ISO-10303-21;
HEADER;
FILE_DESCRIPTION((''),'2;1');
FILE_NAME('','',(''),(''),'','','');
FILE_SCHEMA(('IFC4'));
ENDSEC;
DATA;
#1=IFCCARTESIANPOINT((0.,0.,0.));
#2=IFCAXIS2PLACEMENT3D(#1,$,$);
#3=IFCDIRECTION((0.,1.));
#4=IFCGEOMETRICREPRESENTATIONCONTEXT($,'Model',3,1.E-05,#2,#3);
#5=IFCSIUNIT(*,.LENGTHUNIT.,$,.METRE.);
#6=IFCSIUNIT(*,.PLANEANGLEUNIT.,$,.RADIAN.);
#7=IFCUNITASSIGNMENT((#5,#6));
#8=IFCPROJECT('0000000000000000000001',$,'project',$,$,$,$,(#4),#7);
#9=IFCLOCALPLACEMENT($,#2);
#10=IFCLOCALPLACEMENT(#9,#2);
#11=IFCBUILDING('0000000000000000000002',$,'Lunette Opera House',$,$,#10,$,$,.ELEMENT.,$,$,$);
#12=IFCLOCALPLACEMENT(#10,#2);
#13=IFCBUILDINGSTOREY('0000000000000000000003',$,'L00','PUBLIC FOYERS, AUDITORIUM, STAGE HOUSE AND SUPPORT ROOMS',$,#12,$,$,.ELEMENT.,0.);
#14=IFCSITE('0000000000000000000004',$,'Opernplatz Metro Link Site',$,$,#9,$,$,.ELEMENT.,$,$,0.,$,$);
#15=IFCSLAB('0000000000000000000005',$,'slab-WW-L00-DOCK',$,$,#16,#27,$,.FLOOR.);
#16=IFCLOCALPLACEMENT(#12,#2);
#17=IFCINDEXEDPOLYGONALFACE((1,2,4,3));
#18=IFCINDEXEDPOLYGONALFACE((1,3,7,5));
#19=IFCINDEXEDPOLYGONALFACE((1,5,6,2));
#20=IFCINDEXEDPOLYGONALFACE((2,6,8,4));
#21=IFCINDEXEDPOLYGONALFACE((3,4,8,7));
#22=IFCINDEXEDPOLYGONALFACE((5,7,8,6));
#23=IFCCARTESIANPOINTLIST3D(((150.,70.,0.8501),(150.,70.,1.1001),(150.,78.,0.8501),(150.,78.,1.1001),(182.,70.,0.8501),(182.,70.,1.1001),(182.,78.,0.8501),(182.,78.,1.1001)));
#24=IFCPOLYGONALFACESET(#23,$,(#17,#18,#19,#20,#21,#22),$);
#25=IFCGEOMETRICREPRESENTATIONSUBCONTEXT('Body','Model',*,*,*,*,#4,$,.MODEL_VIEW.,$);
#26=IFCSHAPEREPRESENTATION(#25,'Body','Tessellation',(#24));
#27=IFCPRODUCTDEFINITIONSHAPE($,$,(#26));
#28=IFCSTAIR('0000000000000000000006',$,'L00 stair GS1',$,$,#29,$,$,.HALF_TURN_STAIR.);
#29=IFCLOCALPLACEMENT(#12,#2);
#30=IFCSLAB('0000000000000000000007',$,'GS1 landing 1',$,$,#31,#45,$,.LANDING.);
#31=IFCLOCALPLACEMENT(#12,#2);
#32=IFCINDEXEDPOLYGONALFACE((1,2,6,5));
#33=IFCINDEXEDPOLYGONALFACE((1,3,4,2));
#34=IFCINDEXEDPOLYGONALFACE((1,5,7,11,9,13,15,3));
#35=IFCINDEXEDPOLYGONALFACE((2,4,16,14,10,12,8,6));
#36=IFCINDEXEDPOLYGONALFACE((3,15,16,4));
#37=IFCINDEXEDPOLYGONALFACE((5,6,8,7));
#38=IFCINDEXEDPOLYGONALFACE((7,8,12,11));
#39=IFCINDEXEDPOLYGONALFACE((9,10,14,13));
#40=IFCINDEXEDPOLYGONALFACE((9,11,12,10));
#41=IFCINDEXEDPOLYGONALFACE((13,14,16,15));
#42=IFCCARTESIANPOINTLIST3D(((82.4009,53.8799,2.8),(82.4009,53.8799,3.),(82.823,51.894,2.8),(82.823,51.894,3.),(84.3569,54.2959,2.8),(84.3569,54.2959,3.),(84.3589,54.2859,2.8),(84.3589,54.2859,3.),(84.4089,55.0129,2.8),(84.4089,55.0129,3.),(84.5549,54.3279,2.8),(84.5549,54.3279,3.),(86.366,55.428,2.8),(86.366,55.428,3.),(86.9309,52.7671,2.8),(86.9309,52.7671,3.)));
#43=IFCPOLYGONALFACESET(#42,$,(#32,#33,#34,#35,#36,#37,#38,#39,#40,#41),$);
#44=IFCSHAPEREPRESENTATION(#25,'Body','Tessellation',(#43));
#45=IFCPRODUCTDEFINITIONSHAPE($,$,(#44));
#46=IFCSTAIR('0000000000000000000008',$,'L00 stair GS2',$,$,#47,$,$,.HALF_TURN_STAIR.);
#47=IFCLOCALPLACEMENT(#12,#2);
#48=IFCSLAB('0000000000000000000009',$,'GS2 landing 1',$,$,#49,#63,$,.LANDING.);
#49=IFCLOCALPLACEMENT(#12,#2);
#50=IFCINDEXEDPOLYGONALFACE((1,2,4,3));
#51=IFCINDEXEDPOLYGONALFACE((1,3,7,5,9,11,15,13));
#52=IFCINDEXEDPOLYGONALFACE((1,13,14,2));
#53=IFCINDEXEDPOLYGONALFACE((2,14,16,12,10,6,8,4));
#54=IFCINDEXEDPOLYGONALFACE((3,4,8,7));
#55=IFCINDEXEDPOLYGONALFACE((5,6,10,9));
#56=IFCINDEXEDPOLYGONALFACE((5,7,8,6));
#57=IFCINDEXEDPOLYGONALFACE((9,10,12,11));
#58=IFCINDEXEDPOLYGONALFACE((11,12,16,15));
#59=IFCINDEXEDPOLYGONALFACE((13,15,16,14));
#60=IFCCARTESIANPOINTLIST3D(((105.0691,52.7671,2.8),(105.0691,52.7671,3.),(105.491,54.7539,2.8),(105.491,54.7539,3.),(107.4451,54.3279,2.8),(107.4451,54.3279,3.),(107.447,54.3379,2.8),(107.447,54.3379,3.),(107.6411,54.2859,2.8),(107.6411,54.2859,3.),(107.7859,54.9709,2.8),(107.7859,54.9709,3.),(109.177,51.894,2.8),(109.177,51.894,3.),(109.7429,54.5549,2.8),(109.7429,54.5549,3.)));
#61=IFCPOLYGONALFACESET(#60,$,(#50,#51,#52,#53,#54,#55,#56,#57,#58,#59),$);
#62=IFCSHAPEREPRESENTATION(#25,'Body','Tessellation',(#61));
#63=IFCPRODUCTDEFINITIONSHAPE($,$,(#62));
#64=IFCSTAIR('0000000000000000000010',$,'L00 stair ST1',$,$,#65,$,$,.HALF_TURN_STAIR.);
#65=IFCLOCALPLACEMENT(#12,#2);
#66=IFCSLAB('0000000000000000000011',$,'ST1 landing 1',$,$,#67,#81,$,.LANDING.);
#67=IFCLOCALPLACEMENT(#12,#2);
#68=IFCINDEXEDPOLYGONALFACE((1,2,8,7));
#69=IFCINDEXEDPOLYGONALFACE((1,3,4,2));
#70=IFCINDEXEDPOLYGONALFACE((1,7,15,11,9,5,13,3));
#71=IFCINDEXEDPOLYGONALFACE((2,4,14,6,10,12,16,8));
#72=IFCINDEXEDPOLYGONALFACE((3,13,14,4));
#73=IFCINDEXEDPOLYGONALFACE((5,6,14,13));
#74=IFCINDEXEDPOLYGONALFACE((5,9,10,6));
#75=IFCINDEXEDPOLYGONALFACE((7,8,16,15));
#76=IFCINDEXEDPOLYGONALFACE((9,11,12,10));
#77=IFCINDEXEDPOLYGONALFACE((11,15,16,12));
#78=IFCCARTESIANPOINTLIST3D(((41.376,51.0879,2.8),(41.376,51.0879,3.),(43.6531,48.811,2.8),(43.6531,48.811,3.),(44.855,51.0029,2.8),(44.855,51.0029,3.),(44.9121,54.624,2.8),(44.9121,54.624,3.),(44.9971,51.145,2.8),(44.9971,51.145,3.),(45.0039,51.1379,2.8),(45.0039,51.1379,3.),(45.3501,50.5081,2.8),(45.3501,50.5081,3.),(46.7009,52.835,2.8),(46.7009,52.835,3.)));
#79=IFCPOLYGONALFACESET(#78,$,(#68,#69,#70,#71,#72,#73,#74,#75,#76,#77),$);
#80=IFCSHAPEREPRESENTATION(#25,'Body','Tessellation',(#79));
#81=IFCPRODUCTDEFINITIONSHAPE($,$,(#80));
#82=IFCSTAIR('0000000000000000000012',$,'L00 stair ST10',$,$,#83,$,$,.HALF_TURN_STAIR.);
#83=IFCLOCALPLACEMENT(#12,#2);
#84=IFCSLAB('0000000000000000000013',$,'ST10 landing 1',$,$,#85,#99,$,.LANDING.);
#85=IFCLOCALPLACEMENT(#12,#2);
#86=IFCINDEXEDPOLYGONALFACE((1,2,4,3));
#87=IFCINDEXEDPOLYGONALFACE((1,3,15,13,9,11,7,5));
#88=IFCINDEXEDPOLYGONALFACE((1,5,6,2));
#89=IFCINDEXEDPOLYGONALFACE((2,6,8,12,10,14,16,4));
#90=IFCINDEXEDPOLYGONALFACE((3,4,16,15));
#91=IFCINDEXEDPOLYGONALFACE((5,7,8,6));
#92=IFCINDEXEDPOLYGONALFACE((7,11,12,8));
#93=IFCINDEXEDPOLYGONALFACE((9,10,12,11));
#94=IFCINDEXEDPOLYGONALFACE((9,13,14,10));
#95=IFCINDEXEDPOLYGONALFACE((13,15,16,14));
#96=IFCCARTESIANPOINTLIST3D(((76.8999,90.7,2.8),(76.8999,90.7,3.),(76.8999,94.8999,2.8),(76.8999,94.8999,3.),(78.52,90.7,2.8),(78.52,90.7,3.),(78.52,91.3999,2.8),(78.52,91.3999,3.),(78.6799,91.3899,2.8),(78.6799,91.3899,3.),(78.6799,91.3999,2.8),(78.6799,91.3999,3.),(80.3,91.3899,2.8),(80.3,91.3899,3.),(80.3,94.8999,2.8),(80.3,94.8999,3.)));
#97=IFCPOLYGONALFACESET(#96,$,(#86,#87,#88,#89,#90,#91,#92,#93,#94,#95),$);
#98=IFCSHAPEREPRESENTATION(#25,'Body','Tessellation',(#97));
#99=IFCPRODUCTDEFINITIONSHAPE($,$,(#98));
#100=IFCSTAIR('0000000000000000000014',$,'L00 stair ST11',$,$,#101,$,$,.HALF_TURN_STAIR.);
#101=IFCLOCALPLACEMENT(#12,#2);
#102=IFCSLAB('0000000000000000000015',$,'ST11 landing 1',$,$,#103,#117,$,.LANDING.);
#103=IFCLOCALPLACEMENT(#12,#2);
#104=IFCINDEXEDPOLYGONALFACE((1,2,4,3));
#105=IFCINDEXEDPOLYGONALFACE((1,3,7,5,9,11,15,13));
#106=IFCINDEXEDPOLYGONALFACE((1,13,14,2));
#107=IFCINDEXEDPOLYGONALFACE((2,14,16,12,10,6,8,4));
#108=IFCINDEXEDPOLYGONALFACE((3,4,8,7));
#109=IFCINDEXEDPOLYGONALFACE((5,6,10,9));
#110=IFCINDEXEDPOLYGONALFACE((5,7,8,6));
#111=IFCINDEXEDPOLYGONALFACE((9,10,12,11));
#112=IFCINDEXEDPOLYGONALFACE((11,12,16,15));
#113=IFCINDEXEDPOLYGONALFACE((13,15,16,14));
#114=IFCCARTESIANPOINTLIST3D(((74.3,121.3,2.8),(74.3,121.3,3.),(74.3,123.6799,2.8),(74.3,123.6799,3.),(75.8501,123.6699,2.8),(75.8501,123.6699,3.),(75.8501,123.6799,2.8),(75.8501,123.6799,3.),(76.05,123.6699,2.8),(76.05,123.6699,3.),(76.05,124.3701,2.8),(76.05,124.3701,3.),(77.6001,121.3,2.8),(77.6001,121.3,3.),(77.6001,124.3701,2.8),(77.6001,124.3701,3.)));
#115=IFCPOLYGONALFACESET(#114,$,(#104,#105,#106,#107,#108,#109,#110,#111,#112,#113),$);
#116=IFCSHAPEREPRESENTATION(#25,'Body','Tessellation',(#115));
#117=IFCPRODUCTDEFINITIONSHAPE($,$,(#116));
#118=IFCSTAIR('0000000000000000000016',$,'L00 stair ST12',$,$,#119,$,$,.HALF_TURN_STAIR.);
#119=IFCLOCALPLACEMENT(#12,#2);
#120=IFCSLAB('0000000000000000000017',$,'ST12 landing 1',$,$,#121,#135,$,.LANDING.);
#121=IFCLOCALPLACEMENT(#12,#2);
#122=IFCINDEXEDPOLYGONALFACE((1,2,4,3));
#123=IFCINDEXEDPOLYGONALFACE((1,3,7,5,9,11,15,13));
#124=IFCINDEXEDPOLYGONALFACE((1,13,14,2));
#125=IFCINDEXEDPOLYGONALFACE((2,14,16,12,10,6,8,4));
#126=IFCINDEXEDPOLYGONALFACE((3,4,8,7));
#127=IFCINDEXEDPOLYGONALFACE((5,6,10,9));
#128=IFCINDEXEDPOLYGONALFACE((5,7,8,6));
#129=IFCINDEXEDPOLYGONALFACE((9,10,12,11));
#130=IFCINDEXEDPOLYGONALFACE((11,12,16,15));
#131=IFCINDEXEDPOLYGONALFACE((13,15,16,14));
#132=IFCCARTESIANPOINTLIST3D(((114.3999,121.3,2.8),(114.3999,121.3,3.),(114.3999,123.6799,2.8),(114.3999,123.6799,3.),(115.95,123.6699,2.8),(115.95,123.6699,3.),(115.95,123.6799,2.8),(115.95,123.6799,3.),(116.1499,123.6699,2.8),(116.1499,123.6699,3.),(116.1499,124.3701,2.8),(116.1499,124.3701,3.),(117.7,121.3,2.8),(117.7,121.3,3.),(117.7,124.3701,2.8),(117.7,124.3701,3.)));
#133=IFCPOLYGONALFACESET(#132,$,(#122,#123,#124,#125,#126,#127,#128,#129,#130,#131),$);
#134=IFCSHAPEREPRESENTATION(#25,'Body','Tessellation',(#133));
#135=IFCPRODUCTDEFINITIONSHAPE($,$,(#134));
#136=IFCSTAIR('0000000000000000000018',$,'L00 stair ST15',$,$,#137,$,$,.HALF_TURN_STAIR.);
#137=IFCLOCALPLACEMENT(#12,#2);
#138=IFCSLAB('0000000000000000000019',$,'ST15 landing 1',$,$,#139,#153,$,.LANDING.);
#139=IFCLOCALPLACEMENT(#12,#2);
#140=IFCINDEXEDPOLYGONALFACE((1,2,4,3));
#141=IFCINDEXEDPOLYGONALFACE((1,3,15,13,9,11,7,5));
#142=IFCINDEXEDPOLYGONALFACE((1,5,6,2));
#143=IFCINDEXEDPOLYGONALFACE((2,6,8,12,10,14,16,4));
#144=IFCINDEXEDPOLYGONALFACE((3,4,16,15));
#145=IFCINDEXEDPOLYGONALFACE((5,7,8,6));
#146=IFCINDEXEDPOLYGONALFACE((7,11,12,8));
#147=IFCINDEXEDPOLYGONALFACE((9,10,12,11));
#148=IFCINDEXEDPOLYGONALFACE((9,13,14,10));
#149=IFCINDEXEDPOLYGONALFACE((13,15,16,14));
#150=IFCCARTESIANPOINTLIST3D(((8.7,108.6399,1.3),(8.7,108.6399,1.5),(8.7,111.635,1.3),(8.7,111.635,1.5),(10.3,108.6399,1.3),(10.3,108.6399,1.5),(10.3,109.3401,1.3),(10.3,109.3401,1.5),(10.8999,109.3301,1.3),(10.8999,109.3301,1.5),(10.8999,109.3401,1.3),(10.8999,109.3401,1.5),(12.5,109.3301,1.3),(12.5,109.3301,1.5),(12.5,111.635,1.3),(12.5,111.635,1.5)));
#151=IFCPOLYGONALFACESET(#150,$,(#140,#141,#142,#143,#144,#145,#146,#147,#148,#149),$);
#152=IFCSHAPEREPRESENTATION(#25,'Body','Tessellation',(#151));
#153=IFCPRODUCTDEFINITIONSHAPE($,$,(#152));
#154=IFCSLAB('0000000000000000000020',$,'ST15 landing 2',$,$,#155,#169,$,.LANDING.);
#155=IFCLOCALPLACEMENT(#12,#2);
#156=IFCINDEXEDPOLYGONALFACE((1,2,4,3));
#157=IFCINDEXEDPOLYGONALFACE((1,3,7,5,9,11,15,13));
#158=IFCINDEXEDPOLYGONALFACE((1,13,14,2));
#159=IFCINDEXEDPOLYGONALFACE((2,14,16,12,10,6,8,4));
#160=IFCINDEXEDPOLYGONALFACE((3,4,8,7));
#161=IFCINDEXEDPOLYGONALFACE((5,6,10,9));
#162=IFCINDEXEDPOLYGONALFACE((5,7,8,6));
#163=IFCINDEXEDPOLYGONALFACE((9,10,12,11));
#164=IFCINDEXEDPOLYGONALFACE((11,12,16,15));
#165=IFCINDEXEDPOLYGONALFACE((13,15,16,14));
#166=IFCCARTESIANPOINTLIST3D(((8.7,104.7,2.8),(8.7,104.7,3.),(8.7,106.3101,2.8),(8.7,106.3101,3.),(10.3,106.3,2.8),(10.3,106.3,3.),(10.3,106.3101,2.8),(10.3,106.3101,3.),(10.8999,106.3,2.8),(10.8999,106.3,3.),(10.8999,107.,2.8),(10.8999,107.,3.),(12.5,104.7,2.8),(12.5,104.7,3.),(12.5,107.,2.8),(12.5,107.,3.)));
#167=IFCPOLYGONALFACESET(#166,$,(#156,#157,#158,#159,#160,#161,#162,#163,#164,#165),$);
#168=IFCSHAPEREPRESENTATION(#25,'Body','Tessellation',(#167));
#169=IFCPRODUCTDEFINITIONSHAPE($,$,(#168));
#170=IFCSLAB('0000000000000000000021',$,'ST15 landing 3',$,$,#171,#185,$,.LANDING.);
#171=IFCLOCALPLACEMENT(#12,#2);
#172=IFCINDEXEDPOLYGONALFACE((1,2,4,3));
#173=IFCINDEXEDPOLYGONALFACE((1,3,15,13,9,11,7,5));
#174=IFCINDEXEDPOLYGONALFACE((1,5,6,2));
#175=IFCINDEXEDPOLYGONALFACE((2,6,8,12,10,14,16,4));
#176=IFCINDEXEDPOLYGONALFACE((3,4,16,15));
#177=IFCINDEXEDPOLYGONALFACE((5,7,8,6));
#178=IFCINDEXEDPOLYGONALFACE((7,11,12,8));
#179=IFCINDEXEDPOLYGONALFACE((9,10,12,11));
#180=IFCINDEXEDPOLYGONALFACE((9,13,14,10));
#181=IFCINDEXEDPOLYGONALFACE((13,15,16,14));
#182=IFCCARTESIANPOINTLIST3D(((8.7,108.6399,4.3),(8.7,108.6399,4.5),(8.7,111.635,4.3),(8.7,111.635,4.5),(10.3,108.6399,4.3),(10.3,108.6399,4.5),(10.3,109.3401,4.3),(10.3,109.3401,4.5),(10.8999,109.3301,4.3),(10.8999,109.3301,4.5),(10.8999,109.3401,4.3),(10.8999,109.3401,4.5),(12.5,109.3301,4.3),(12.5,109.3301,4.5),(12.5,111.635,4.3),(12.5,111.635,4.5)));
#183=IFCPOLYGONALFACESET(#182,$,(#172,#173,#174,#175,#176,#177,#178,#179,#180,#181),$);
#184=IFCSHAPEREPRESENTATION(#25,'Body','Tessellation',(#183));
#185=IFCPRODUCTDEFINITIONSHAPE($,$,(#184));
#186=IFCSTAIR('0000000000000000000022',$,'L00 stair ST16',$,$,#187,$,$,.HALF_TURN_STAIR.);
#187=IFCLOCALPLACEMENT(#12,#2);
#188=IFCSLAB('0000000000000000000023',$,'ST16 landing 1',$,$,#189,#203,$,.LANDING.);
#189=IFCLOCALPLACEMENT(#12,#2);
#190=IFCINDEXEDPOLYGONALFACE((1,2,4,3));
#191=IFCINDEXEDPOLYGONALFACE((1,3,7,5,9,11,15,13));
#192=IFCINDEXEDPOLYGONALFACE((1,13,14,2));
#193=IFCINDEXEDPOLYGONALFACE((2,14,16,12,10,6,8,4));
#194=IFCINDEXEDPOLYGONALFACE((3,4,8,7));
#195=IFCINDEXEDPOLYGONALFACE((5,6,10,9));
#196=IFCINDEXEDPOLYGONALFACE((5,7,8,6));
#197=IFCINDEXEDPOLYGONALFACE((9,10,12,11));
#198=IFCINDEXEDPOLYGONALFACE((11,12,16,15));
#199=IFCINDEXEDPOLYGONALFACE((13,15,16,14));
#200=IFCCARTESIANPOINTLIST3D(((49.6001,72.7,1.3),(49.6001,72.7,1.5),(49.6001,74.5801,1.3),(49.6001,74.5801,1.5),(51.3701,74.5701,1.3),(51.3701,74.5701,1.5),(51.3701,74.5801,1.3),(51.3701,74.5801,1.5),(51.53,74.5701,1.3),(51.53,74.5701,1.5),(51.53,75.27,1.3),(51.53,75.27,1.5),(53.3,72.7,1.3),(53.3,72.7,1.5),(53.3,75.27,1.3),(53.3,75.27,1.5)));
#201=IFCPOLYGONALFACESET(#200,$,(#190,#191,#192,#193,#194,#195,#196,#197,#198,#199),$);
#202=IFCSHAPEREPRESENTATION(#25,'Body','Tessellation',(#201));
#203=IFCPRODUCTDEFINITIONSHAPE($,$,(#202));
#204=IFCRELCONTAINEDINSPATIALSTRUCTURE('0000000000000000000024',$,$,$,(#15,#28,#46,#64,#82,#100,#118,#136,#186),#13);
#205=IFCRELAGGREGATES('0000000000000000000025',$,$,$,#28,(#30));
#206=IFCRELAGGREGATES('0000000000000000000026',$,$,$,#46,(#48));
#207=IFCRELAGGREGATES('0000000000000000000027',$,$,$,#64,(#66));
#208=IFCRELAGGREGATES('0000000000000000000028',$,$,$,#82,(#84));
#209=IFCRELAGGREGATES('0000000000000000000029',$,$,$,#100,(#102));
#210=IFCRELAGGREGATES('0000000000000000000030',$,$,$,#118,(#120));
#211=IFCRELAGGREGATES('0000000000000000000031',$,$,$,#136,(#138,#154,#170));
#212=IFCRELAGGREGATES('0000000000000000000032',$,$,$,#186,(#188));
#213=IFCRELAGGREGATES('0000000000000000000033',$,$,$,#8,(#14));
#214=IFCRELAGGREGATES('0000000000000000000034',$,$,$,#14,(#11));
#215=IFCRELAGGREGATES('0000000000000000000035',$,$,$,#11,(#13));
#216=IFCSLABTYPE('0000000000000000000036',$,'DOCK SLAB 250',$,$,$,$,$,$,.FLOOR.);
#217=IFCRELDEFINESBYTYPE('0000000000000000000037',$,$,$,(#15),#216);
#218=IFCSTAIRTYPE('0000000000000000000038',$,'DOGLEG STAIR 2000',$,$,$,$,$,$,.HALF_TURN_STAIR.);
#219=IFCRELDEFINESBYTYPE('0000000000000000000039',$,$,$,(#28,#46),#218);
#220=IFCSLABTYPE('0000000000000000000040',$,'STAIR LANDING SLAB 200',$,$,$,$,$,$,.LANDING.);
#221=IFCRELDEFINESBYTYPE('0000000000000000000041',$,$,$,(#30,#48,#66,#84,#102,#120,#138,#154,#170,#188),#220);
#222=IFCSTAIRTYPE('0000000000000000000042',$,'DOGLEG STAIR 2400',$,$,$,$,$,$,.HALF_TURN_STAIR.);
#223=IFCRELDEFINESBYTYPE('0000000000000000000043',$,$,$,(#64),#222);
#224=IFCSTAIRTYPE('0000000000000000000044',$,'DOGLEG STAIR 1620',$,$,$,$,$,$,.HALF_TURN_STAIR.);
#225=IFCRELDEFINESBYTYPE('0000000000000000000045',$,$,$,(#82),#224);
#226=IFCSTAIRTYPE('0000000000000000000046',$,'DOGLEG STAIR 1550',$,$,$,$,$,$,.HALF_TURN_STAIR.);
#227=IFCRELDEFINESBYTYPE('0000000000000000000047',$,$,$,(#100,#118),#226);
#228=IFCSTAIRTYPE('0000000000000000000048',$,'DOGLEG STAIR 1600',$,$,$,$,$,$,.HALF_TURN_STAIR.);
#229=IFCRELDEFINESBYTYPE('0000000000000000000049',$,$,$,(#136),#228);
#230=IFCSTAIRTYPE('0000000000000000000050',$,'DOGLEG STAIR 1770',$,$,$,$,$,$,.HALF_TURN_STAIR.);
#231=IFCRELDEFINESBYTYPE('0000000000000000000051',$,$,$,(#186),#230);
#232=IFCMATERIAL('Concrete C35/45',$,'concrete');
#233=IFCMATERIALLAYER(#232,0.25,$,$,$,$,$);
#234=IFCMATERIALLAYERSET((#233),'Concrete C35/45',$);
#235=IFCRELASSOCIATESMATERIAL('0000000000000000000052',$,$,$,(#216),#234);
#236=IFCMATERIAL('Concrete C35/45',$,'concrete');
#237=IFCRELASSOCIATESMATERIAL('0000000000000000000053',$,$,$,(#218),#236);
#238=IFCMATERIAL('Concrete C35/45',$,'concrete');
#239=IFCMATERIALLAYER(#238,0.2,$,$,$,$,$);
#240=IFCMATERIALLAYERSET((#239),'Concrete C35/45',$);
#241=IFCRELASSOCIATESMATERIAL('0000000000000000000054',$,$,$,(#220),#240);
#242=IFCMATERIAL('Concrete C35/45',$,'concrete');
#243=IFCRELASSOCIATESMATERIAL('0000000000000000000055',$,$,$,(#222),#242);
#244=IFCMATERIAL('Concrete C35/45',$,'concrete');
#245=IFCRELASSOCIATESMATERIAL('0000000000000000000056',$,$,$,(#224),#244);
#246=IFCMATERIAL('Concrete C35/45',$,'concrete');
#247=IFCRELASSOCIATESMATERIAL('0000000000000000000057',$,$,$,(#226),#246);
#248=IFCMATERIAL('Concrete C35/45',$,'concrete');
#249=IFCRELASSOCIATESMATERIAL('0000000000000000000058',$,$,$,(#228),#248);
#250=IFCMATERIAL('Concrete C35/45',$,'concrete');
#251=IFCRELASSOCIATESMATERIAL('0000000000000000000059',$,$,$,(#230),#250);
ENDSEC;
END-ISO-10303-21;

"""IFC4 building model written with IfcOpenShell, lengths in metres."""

from ifc_helpers import new_model, si_unit, direction, frame, origin, place, context, subcontext, project, spatial, polyline, outline, extrude, material, layer, layer_set, type_object, element, aggregate, save


model = new_model("IFC4")

# Units and contexts
model_context = context("Model", 3, precision=1e-05, world=origin(), true_north=direction((0.0, 1.0)))
body_context = subcontext(model_context, "Body", "Model", "MODEL_VIEW")
ifc_project = project(units=[si_unit("LENGTHUNIT", "METRE"), si_unit("PLANEANGLEUNIT", "RADIAN")], contexts=[model_context])

# Site, building, storey
site_placement = place(None, origin())
site = spatial("IfcSite", under=ifc_project, at=site_placement, Name="Opernplatz Metro Link Site", CompositionType="ELEMENT", RefElevation=0.0)
building_placement = place(site_placement, origin())
building = spatial("IfcBuilding", under=site, at=building_placement, Name="Lunette Opera House", CompositionType="ELEMENT")
storey_placement = place(building_placement, origin())
storey = spatial("IfcBuildingStorey", under=building, at=storey_placement, Name="L00", Description="PUBLIC FOYERS, AUDITORIUM, STAGE HOUSE AND SUPPORT ROOMS", CompositionType="ELEMENT", Elevation=0.0)

# Slab
ifc_material_1 = material(Name="Concrete C35/45", Category="concrete")
ifc_layer_1 = layer(ifc_material_1, 0.25)
ifc_layer_set_1 = layer_set([ifc_layer_1], Name="Concrete C35/45")
slab_type_1 = type_object("IfcSlabType", Name="DOCK SLAB 250", PredefinedType="FLOOR", material=ifc_layer_set_1)
slab_1_placement = place(storey_placement, frame((0.0, 0.0, 0.8501)))
element("IfcSlab", 1, at=slab_1_placement, inside=storey, type_object=slab_type_1, Name="slab-WW-L00-DOCK", PredefinedType="FLOOR", context=body_context, shape_type="SweptSolid", body=[
    extrude(outline(polyline([(182.0, 70.0), (182.0, 78.0), (150.0, 78.0), (150.0, 70.0), (182.0, 70.0)])), origin(), (0.0, 0.0, 1.0), 0.25),
])

# Stairs, slabs
ifc_material_2 = material(Name="Concrete C35/45", Category="concrete")
stair_type_1 = type_object("IfcStairType", Name="DOGLEG STAIR 2000", PredefinedType="HALF_TURN_STAIR", material=ifc_material_2)
stair_1_placement = place(storey_placement, origin())
stair_1 = element("IfcStair", 2, at=stair_1_placement, inside=storey, type_object=stair_type_1, Name="L00 stair GS1", PredefinedType="HALF_TURN_STAIR")
ifc_material_3 = material(Name="Concrete C35/45", Category="concrete")
ifc_layer_2 = layer(ifc_material_3, 0.2)
ifc_layer_set_2 = layer_set([ifc_layer_2], Name="Concrete C35/45")
slab_type_2 = type_object("IfcSlabType", Name="STAIR LANDING SLAB 200", PredefinedType="LANDING", material=ifc_layer_set_2)
slab_2_placement = place(storey_placement, frame((0.0, 0.0, 2.8)))
slab_2 = element("IfcSlab", 3, at=slab_2_placement, type_object=slab_type_2, Name="GS1 landing 1", PredefinedType="LANDING", context=body_context, shape_type="SweptSolid", body=[
    extrude(outline(polyline([(82.823, 51.894), (82.4009, 53.8799), (84.3569, 54.2959), (84.3589, 54.2859), (84.5549, 54.3279), (84.4089, 55.0129), (86.366, 55.428), (86.9309, 52.7671), (82.823, 51.894)])), origin(), (0.0, 0.0, 1.0), 0.2),
])
aggregate(stair_1, [slab_2])
stair_2_placement = place(storey_placement, origin())
stair_2 = element("IfcStair", 4, at=stair_2_placement, inside=storey, type_object=stair_type_1, Name="L00 stair GS2", PredefinedType="HALF_TURN_STAIR")
slab_3_placement = place(storey_placement, frame((0.0, 0.0, 2.8)))
slab_3 = element("IfcSlab", 5, at=slab_3_placement, type_object=slab_type_2, Name="GS2 landing 1", PredefinedType="LANDING", context=body_context, shape_type="SweptSolid", body=[
    extrude(outline(polyline([(105.0691, 52.7671), (105.491, 54.7539), (107.447, 54.3379), (107.4451, 54.3279), (107.6411, 54.2859), (107.7859, 54.9709), (109.7429, 54.5549), (109.177, 51.894), (105.0691, 52.7671)])), origin(), (0.0, 0.0, 1.0), 0.2),
])
aggregate(stair_2, [slab_3])
ifc_material_4 = material(Name="Concrete C35/45", Category="concrete")
stair_type_2 = type_object("IfcStairType", Name="DOGLEG STAIR 2400", PredefinedType="HALF_TURN_STAIR", material=ifc_material_4)
stair_3_placement = place(storey_placement, origin())
stair_3 = element("IfcStair", 6, at=stair_3_placement, inside=storey, type_object=stair_type_2, Name="L00 stair ST1", PredefinedType="HALF_TURN_STAIR")
slab_4_placement = place(storey_placement, frame((0.0, 0.0, 2.8)))
slab_4 = element("IfcSlab", 7, at=slab_4_placement, type_object=slab_type_2, Name="ST1 landing 1", PredefinedType="LANDING", context=body_context, shape_type="SweptSolid", body=[
    extrude(outline(polyline([(41.376, 51.0879), (44.9121, 54.624), (46.7009, 52.835), (45.0039, 51.1379), (44.9971, 51.145), (44.855, 51.0029), (45.3501, 50.5081), (43.6531, 48.811), (41.376, 51.0879)])), origin(), (0.0, 0.0, 1.0), 0.2),
])
aggregate(stair_3, [slab_4])
ifc_material_5 = material(Name="Concrete C35/45", Category="concrete")
stair_type_3 = type_object("IfcStairType", Name="DOGLEG STAIR 1620", PredefinedType="HALF_TURN_STAIR", material=ifc_material_5)
stair_4_placement = place(storey_placement, origin())
stair_4 = element("IfcStair", 8, at=stair_4_placement, inside=storey, type_object=stair_type_3, Name="L00 stair ST10", PredefinedType="HALF_TURN_STAIR")
slab_5_placement = place(storey_placement, frame((0.0, 0.0, 2.8)))
slab_5 = element("IfcSlab", 9, at=slab_5_placement, type_object=slab_type_2, Name="ST10 landing 1", PredefinedType="LANDING", context=body_context, shape_type="SweptSolid", body=[
    extrude(outline(polyline([(80.3, 91.3899), (78.6799, 91.3899), (78.6799, 91.3999), (78.52, 91.3999), (78.52, 90.7), (76.8999, 90.7), (76.8999, 94.8999), (80.3, 94.8999), (80.3, 91.3899)])), origin(), (0.0, 0.0, 1.0), 0.2),
])
aggregate(stair_4, [slab_5])
ifc_material_6 = material(Name="Concrete C35/45", Category="concrete")
stair_type_4 = type_object("IfcStairType", Name="DOGLEG STAIR 1550", PredefinedType="HALF_TURN_STAIR", material=ifc_material_6)
stair_5_placement = place(storey_placement, origin())
stair_5 = element("IfcStair", 10, at=stair_5_placement, inside=storey, type_object=stair_type_4, Name="L00 stair ST11", PredefinedType="HALF_TURN_STAIR")
slab_6_placement = place(storey_placement, frame((0.0, 0.0, 2.8)))
slab_6 = element("IfcSlab", 11, at=slab_6_placement, type_object=slab_type_2, Name="ST11 landing 1", PredefinedType="LANDING", context=body_context, shape_type="SweptSolid", body=[
    extrude(outline(polyline([(74.3, 121.3), (74.3, 123.6799), (75.8501, 123.6799), (75.8501, 123.6699), (76.05, 123.6699), (76.05, 124.3701), (77.6001, 124.3701), (77.6001, 121.3), (74.3, 121.3)])), origin(), (0.0, 0.0, 1.0), 0.2),
])
aggregate(stair_5, [slab_6])
stair_6_placement = place(storey_placement, origin())
stair_6 = element("IfcStair", 12, at=stair_6_placement, inside=storey, type_object=stair_type_4, Name="L00 stair ST12", PredefinedType="HALF_TURN_STAIR")
slab_7_placement = place(storey_placement, frame((0.0, 0.0, 2.8)))
slab_7 = element("IfcSlab", 13, at=slab_7_placement, type_object=slab_type_2, Name="ST12 landing 1", PredefinedType="LANDING", context=body_context, shape_type="SweptSolid", body=[
    extrude(outline(polyline([(114.3999, 121.3), (114.3999, 123.6799), (115.95, 123.6799), (115.95, 123.6699), (116.1499, 123.6699), (116.1499, 124.3701), (117.7, 124.3701), (117.7, 121.3), (114.3999, 121.3)])), origin(), (0.0, 0.0, 1.0), 0.2),
])
aggregate(stair_6, [slab_7])

# Stairs, slabs
ifc_material_7 = material(Name="Concrete C35/45", Category="concrete")
stair_type_5 = type_object("IfcStairType", Name="DOGLEG STAIR 1600", PredefinedType="HALF_TURN_STAIR", material=ifc_material_7)
stair_7_placement = place(storey_placement, origin())
stair_7 = element("IfcStair", 14, at=stair_7_placement, inside=storey, type_object=stair_type_5, Name="L00 stair ST15", PredefinedType="HALF_TURN_STAIR")
slab_8_placement = place(storey_placement, frame((0.0, 0.0, 1.3)))
slab_8 = element("IfcSlab", 15, at=slab_8_placement, type_object=slab_type_2, Name="ST15 landing 1", PredefinedType="LANDING", context=body_context, shape_type="SweptSolid", body=[
    extrude(outline(polyline([(12.5, 109.3301), (10.8999, 109.3301), (10.8999, 109.3401), (10.3, 109.3401), (10.3, 108.6399), (8.7, 108.6399), (8.7, 111.635), (12.5, 111.635), (12.5, 109.3301)])), origin(), (0.0, 0.0, 1.0), 0.2),
])
slab_9_placement = place(storey_placement, frame((0.0, 0.0, 2.8)))
slab_9 = element("IfcSlab", 16, at=slab_9_placement, type_object=slab_type_2, Name="ST15 landing 2", PredefinedType="LANDING", context=body_context, shape_type="SweptSolid", body=[
    extrude(outline(polyline([(8.7, 104.7), (8.7, 106.3101), (10.3, 106.3101), (10.3, 106.3), (10.8999, 106.3), (10.8999, 107.0), (12.5, 107.0), (12.5, 104.7), (8.7, 104.7)])), origin(), (0.0, 0.0, 1.0), 0.2),
])
slab_10_placement = place(storey_placement, frame((0.0, 0.0, 4.3)))
slab_10 = element("IfcSlab", 17, at=slab_10_placement, type_object=slab_type_2, Name="ST15 landing 3", PredefinedType="LANDING", context=body_context, shape_type="SweptSolid", body=[
    extrude(outline(polyline([(12.5, 109.3301), (10.8999, 109.3301), (10.8999, 109.3401), (10.3, 109.3401), (10.3, 108.6399), (8.7, 108.6399), (8.7, 111.635), (12.5, 111.635), (12.5, 109.3301)])), origin(), (0.0, 0.0, 1.0), 0.2),
])
aggregate(stair_7, [slab_8, slab_9, slab_10])
ifc_material_8 = material(Name="Concrete C35/45", Category="concrete")
stair_type_6 = type_object("IfcStairType", Name="DOGLEG STAIR 1770", PredefinedType="HALF_TURN_STAIR", material=ifc_material_8)
stair_8_placement = place(storey_placement, origin())
stair_8 = element("IfcStair", 18, at=stair_8_placement, inside=storey, type_object=stair_type_6, Name="L00 stair ST16", PredefinedType="HALF_TURN_STAIR")
slab_11_placement = place(storey_placement, frame((0.0, 0.0, 1.3)))
slab_11 = element("IfcSlab", 19, at=slab_11_placement, type_object=slab_type_2, Name="ST16 landing 1", PredefinedType="LANDING", context=body_context, shape_type="SweptSolid", body=[
    extrude(outline(polyline([(49.6001, 72.7), (49.6001, 74.5801), (51.3701, 74.5801), (51.3701, 74.5701), (51.53, 74.5701), (51.53, 75.27), (53.3, 75.27), (53.3, 72.7), (49.6001, 72.7)])), origin(), (0.0, 0.0, 1.0), 0.2),
])
aggregate(stair_8, [slab_11])

save(model, "model.ifc")
